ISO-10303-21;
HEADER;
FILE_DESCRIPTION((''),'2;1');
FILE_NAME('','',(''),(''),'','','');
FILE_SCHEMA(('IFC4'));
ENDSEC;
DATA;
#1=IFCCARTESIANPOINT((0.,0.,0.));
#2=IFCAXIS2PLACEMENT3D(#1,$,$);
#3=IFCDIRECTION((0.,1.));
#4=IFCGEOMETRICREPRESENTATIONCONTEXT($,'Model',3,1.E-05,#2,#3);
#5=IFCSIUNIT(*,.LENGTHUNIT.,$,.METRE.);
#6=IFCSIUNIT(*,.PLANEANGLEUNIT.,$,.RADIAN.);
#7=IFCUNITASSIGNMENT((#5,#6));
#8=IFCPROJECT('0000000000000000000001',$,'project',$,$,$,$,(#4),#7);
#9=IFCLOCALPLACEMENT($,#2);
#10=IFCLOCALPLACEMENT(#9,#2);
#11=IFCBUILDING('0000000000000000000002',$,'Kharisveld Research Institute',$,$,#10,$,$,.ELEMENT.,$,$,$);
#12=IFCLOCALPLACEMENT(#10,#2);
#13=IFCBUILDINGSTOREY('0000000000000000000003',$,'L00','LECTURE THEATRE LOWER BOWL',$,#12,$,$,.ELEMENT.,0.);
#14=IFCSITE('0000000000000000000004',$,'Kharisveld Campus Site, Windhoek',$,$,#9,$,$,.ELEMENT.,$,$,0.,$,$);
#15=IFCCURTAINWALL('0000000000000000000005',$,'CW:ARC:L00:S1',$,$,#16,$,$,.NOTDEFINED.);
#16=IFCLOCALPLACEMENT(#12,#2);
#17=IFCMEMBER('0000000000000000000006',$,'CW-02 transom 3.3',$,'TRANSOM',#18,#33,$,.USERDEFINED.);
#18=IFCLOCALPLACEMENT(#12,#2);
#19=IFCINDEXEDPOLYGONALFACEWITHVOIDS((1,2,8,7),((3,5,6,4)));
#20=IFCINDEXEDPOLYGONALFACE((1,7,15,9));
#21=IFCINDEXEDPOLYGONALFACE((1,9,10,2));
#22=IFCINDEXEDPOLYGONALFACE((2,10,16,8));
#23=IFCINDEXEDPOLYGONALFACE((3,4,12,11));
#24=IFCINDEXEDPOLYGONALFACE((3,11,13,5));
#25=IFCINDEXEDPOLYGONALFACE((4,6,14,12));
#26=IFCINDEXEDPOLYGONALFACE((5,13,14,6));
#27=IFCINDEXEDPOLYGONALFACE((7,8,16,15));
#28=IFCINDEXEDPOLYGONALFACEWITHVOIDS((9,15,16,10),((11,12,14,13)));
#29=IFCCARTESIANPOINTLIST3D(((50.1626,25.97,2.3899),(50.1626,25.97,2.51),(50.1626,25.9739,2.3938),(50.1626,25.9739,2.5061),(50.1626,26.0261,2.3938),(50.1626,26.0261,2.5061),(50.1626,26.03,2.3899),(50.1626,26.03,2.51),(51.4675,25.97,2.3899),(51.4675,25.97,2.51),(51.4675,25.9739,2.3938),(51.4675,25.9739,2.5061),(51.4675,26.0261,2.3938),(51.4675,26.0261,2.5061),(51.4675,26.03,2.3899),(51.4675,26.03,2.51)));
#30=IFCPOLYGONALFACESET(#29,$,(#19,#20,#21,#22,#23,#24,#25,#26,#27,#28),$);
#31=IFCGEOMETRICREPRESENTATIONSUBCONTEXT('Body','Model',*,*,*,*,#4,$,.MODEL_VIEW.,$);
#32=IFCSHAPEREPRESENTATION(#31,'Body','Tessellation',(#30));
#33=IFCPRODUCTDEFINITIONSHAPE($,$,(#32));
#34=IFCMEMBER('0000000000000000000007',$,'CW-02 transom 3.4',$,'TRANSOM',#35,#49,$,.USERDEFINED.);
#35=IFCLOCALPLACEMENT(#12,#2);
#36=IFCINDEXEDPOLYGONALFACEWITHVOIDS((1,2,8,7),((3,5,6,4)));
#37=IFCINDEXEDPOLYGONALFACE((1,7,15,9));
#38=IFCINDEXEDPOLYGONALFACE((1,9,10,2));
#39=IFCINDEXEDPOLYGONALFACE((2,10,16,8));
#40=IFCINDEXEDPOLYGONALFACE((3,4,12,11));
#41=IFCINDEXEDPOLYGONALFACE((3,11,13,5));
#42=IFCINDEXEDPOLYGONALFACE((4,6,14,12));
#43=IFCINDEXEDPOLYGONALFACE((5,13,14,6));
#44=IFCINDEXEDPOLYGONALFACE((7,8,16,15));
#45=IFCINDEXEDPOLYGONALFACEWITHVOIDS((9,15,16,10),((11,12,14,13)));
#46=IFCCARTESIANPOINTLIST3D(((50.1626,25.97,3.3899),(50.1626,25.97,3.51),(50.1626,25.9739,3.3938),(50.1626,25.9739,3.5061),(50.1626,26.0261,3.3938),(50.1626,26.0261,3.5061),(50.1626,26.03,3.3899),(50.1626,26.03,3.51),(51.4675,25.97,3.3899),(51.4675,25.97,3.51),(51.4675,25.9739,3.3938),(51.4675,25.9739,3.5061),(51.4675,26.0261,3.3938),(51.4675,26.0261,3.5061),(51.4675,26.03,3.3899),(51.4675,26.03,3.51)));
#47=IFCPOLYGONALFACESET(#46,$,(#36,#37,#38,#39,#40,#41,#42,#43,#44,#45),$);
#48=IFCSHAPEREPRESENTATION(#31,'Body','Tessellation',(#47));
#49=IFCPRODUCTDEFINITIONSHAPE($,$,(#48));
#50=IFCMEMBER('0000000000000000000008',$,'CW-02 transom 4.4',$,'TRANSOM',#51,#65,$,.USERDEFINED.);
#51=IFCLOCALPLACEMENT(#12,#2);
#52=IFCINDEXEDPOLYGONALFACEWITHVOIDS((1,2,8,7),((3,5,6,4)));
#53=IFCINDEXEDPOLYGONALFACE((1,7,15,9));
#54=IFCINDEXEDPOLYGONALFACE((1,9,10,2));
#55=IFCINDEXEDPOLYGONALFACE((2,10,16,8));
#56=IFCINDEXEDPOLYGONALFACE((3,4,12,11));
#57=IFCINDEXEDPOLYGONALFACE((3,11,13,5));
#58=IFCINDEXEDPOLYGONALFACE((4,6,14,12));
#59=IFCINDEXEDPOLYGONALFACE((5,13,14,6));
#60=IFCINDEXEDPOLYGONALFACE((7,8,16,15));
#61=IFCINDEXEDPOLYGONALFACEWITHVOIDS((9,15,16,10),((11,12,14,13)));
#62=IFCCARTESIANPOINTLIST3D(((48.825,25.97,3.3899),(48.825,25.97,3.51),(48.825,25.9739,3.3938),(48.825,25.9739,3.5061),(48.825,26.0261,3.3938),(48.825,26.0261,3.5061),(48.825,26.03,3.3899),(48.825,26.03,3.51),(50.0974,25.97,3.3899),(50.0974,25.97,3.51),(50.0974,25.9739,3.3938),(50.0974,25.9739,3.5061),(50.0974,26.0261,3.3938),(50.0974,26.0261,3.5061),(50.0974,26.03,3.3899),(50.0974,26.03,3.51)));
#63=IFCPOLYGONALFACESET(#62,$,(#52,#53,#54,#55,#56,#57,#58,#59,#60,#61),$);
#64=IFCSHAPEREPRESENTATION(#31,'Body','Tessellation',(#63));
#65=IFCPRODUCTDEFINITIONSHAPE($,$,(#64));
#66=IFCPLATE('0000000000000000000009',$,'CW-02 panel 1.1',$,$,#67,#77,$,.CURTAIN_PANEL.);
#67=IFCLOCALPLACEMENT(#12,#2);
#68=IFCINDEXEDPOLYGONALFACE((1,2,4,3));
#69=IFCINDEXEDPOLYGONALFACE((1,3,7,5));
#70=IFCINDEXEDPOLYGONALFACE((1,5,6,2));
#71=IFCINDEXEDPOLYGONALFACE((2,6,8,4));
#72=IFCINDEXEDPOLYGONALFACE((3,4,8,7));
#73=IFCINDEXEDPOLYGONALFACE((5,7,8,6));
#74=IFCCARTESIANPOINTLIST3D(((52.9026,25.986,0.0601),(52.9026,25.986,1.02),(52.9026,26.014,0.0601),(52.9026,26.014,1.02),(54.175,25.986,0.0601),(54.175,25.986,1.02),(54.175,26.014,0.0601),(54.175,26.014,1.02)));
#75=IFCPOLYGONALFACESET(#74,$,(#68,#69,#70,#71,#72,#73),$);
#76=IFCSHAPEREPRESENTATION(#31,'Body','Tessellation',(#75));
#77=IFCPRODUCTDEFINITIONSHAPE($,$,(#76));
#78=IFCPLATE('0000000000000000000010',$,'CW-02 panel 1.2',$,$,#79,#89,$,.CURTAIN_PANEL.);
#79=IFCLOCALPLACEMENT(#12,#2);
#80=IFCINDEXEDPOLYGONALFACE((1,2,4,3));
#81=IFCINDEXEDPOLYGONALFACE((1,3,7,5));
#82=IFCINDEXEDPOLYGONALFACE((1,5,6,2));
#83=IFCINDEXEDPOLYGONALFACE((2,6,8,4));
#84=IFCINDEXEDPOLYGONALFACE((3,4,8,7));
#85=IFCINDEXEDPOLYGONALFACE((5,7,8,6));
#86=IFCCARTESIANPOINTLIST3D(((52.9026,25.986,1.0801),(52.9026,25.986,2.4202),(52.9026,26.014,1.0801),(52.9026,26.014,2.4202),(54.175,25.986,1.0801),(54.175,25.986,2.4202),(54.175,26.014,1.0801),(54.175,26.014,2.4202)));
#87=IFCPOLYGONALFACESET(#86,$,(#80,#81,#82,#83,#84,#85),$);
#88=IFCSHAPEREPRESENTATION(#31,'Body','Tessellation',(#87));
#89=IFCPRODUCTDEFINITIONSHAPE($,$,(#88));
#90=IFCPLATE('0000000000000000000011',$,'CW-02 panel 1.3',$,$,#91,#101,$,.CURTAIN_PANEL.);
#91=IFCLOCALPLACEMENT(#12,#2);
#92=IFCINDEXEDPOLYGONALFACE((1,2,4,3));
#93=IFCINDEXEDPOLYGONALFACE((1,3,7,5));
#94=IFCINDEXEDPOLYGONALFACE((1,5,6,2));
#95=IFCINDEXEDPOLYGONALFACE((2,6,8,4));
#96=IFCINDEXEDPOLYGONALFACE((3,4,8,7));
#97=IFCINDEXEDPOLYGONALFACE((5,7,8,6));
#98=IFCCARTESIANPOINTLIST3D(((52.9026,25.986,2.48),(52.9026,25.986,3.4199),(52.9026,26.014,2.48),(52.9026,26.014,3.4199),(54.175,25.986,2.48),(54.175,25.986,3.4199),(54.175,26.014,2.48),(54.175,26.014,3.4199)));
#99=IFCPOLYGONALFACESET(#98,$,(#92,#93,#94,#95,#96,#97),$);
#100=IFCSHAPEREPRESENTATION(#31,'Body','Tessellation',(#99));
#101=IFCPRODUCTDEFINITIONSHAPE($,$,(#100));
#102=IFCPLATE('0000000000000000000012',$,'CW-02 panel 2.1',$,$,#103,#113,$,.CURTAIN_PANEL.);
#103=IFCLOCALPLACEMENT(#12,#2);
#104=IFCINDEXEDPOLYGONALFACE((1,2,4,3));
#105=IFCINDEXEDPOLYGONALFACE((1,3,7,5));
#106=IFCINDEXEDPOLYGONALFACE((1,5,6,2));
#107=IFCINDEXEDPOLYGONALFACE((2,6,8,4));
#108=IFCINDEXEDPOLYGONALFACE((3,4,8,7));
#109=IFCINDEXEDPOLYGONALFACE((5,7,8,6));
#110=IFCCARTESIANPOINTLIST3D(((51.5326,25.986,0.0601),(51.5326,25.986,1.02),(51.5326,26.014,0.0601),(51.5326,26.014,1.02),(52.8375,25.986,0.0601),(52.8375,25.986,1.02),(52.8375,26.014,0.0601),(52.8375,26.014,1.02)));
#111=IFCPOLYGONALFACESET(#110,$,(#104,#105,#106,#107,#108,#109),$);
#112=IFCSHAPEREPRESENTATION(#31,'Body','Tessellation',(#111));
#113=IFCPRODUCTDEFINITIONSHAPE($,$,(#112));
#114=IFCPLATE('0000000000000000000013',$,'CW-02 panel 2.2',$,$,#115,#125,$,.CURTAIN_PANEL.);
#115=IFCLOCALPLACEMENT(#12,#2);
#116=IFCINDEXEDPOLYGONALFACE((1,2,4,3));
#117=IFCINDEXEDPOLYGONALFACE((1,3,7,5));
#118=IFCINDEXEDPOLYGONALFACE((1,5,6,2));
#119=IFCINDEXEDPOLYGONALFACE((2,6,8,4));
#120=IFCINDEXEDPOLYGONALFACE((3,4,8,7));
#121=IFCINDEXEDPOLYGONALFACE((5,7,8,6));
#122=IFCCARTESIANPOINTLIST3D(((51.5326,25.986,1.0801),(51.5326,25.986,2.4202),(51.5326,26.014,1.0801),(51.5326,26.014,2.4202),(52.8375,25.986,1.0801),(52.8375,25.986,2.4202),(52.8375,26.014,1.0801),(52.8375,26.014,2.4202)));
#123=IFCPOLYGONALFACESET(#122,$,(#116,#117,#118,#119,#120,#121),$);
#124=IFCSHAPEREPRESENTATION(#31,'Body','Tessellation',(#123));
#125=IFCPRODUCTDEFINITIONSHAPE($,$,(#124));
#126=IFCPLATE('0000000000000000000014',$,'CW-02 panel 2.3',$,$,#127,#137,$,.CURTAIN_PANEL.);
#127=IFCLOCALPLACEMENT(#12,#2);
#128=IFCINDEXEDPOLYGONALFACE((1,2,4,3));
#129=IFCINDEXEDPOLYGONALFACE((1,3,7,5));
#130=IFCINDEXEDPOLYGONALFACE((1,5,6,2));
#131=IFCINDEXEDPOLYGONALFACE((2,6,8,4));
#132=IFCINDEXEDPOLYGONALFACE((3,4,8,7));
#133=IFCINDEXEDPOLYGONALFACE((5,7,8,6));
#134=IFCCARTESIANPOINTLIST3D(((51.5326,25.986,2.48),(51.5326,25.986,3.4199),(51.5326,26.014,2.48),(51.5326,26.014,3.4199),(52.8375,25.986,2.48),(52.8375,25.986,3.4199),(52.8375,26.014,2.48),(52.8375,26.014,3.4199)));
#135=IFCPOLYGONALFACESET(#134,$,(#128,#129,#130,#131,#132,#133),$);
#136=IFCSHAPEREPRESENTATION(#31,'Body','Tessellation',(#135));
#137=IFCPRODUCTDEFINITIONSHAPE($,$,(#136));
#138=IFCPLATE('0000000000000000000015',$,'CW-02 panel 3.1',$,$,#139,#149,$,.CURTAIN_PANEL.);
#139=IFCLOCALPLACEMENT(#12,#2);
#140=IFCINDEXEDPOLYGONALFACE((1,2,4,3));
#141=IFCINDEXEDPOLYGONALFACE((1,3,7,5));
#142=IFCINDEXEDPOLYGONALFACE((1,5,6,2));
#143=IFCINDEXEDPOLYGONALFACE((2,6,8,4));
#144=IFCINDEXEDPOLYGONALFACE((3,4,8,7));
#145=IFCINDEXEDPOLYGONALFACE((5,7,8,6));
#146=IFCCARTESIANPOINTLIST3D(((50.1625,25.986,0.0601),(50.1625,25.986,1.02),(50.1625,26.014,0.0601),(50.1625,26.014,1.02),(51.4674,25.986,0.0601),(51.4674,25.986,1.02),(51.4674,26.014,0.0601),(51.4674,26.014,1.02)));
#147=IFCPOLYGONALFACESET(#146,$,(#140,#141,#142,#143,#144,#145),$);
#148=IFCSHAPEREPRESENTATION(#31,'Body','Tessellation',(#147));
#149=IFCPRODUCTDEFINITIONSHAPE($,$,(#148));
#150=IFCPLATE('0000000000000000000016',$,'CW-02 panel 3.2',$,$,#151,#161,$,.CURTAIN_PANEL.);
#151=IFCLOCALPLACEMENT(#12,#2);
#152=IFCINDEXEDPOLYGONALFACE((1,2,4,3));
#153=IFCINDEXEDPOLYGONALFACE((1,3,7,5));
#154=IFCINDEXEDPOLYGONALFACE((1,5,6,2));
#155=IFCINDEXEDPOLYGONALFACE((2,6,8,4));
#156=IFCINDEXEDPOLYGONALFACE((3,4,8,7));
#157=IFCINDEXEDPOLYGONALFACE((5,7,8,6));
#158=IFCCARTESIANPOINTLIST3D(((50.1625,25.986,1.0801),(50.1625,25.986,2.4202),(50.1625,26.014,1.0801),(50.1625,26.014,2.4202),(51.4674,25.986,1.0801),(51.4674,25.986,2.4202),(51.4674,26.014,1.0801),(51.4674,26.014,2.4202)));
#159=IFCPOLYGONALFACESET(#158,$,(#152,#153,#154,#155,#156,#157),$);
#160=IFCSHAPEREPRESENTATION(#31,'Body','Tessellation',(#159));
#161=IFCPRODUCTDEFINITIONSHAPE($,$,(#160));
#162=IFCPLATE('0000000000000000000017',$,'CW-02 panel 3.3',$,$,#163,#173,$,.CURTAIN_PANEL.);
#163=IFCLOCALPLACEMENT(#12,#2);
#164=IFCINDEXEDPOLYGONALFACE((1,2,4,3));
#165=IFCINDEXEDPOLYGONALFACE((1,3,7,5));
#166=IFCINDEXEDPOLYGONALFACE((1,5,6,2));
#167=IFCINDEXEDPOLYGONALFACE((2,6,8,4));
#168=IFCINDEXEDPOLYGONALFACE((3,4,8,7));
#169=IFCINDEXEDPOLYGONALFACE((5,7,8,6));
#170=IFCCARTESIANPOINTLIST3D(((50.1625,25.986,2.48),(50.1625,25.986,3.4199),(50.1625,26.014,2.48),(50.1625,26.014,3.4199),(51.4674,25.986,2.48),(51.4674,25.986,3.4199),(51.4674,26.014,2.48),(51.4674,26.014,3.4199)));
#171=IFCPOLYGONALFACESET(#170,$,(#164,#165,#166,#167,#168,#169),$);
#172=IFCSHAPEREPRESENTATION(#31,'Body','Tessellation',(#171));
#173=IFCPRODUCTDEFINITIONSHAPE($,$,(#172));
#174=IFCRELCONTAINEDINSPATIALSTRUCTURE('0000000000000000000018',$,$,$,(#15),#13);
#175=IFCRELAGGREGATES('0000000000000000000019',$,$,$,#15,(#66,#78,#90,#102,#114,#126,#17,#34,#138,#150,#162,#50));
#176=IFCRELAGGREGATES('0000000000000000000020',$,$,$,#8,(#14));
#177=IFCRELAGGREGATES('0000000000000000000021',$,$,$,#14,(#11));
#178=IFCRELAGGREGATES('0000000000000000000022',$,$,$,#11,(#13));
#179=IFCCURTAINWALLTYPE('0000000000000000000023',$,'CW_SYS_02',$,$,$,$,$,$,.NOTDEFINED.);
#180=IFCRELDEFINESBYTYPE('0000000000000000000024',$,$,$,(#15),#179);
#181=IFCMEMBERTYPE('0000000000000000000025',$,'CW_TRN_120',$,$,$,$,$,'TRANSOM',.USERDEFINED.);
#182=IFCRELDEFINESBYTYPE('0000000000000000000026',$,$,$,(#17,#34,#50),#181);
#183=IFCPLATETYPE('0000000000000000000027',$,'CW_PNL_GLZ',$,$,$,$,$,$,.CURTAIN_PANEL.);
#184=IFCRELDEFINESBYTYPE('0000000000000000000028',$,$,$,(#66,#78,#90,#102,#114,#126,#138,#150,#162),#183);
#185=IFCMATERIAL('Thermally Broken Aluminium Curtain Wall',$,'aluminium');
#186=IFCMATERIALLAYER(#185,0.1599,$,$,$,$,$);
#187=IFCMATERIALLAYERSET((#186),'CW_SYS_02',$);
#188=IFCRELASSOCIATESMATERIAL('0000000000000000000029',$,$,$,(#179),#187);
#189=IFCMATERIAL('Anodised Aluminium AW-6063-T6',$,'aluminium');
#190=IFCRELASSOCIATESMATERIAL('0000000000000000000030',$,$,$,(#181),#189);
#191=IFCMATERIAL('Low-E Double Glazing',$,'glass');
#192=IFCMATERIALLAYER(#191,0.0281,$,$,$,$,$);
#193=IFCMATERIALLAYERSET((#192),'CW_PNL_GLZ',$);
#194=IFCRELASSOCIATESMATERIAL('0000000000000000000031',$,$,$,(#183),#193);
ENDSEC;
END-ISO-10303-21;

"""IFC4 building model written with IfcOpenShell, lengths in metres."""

from ifc_helpers import new_model, si_unit, direction, frame, origin, origin_2d, place, context, subcontext, project, spatial, rectangle, hollow_rectangle, extrude, material, layer, layer_set, material_profile, profile_set, type_object, element, aggregate, save


model = new_model("IFC4")

# Units and contexts
model_context = context("Model", 3, precision=1e-05, world=origin(), true_north=direction((0.0, 1.0)))
body_context = subcontext(model_context, "Body", "Model", "MODEL_VIEW")
ifc_project = project(units=[si_unit("LENGTHUNIT", "METRE"), si_unit("PLANEANGLEUNIT", "RADIAN")], contexts=[model_context])

# Site, building, storey
site_placement = place(None, origin())
site = spatial("IfcSite", under=ifc_project, at=site_placement, Name="Kharisveld Campus Site, Windhoek", CompositionType="ELEMENT", RefElevation=0.0)
building_placement = place(site_placement, origin())
building = spatial("IfcBuilding", under=site, at=building_placement, Name="Kharisveld Research Institute", CompositionType="ELEMENT")
storey_placement = place(building_placement, origin())
storey = spatial("IfcBuildingStorey", under=building, at=storey_placement, Name="L00", Description="LECTURE THEATRE LOWER BOWL", CompositionType="ELEMENT", Elevation=0.0)

# Curtain wall, members, plates
ifc_material_1 = material(Name="Thermally Broken Aluminium Curtain Wall", Category="aluminium")
ifc_layer_1 = layer(ifc_material_1, 0.1599)
ifc_layer_set_1 = layer_set([ifc_layer_1], Name="CW_SYS_02")
curtain_wall_type = type_object("IfcCurtainWallType", Name="CW_SYS_02", PredefinedType="NOTDEFINED", material=ifc_layer_set_1)
curtain_wall_placement = place(storey_placement, origin())
curtain_wall = element("IfcCurtainWall", 1, at=curtain_wall_placement, inside=storey, type_object=curtain_wall_type, Name="CW:ARC:L00:S1", PredefinedType="NOTDEFINED")
ifc_material_2 = material(Name="Anodised Aluminium AW-6063-T6", Category="aluminium")
ifc_material_profile_1 = material_profile(ifc_material_2, hollow_rectangle(XDim=0.0601, YDim=0.1201, WallThickness=0.0039, at=origin_2d()))
ifc_profile_set_1 = profile_set([ifc_material_profile_1], Name="Anodised Aluminium AW-6063-T6")
member_type_1 = type_object("IfcMemberType", Name="CW_TRN_120", ElementType="TRANSOM", PredefinedType="USERDEFINED", material=ifc_profile_set_1)
member_1_placement = place(storey_placement, frame((51.4675, 26.0, 2.45), z_axis=(-1.0, 0.0, 0.0), x_axis=(0.0, -1.0, 0.0)))
member_1 = element("IfcMember", 2, at=member_1_placement, type_object=member_type_1, Name="CW-02 transom 3.3", ObjectType="TRANSOM", PredefinedType="USERDEFINED", context=body_context, shape_type="SweptSolid", body=[
    extrude(hollow_rectangle(XDim=0.0601, YDim=0.1201, WallThickness=0.0039, at=origin_2d()), origin(), (0.0, 0.0, 1.0), 1.3049),
])
member_2_placement = place(storey_placement, frame((51.4675, 26.0, 3.45), z_axis=(-1.0, 0.0, 0.0), x_axis=(0.0, -1.0, 0.0)))
member_2 = element("IfcMember", 3, at=member_2_placement, type_object=member_type_1, Name="CW-02 transom 3.4", ObjectType="TRANSOM", PredefinedType="USERDEFINED", context=body_context, shape_type="SweptSolid", body=[
    extrude(hollow_rectangle(XDim=0.0601, YDim=0.1201, WallThickness=0.0039, at=origin_2d()), origin(), (0.0, 0.0, 1.0), 1.3049),
])
member_3_placement = place(storey_placement, frame((50.0974, 26.0, 3.45), z_axis=(-1.0, 0.0, 0.0), x_axis=(0.0, -1.0, 0.0)))
member_3 = element("IfcMember", 4, at=member_3_placement, type_object=member_type_1, Name="CW-02 transom 4.4", ObjectType="TRANSOM", PredefinedType="USERDEFINED", context=body_context, shape_type="SweptSolid", body=[
    extrude(hollow_rectangle(XDim=0.0601, YDim=0.1201, WallThickness=0.0039, at=origin_2d()), origin(), (0.0, 0.0, 1.0), 1.2725),
])
ifc_material_3 = material(Name="Low-E Double Glazing", Category="glass")
ifc_layer_2 = layer(ifc_material_3, 0.0281)
ifc_layer_set_2 = layer_set([ifc_layer_2], Name="CW_PNL_GLZ")
plate_type = type_object("IfcPlateType", Name="CW_PNL_GLZ", PredefinedType="CURTAIN_PANEL", material=ifc_layer_set_2)
plate_1_placement = place(storey_placement, frame((53.5388, 26.0, 0.0601), z_axis=(0.0, 0.0, 1.0), x_axis=(-1.0, 0.0, 0.0)))
plate_1 = element("IfcPlate", 5, at=plate_1_placement, type_object=plate_type, Name="CW-02 panel 1.1", PredefinedType="CURTAIN_PANEL", context=body_context, shape_type="SweptSolid", body=[
    extrude(rectangle(XDim=1.2725, YDim=0.0281, at=origin_2d()), origin(), (0.0, 0.0, 1.0), 0.96),
])
plate_2_placement = place(storey_placement, frame((53.5388, 26.0, 1.0801), z_axis=(0.0, 0.0, 1.0), x_axis=(-1.0, 0.0, 0.0)))
plate_2 = element("IfcPlate", 6, at=plate_2_placement, type_object=plate_type, Name="CW-02 panel 1.2", PredefinedType="CURTAIN_PANEL", context=body_context, shape_type="SweptSolid", body=[
    extrude(rectangle(XDim=1.2725, YDim=0.0281, at=origin_2d()), origin(), (0.0, 0.0, 1.0), 1.3401),
])
plate_3_placement = place(storey_placement, frame((53.5388, 26.0, 2.48), z_axis=(0.0, 0.0, 1.0), x_axis=(-1.0, 0.0, 0.0)))
plate_3 = element("IfcPlate", 7, at=plate_3_placement, type_object=plate_type, Name="CW-02 panel 1.3", PredefinedType="CURTAIN_PANEL", context=body_context, shape_type="SweptSolid", body=[
    extrude(rectangle(XDim=1.2725, YDim=0.0281, at=origin_2d()), origin(), (0.0, 0.0, 1.0), 0.9399),
])
plate_4_placement = place(storey_placement, frame((52.1851, 26.0, 0.0601), z_axis=(0.0, 0.0, 1.0), x_axis=(-1.0, 0.0, 0.0)))
plate_4 = element("IfcPlate", 8, at=plate_4_placement, type_object=plate_type, Name="CW-02 panel 2.1", PredefinedType="CURTAIN_PANEL", context=body_context, shape_type="SweptSolid", body=[
    extrude(rectangle(XDim=1.3049, YDim=0.0281, at=origin_2d()), origin(), (0.0, 0.0, 1.0), 0.96),
])
plate_5_placement = place(storey_placement, frame((52.1851, 26.0, 1.0801), z_axis=(0.0, 0.0, 1.0), x_axis=(-1.0, 0.0, 0.0)))
plate_5 = element("IfcPlate", 9, at=plate_5_placement, type_object=plate_type, Name="CW-02 panel 2.2", PredefinedType="CURTAIN_PANEL", context=body_context, shape_type="SweptSolid", body=[
    extrude(rectangle(XDim=1.3049, YDim=0.0281, at=origin_2d()), origin(), (0.0, 0.0, 1.0), 1.3401),
])
plate_6_placement = place(storey_placement, frame((52.1851, 26.0, 2.48), z_axis=(0.0, 0.0, 1.0), x_axis=(-1.0, 0.0, 0.0)))
plate_6 = element("IfcPlate", 10, at=plate_6_placement, type_object=plate_type, Name="CW-02 panel 2.3", PredefinedType="CURTAIN_PANEL", context=body_context, shape_type="SweptSolid", body=[
    extrude(rectangle(XDim=1.3049, YDim=0.0281, at=origin_2d()), origin(), (0.0, 0.0, 1.0), 0.9399),
])
plate_7_placement = place(storey_placement, frame((50.8149, 26.0, 0.0601), z_axis=(0.0, 0.0, 1.0), x_axis=(-1.0, 0.0, 0.0)))
plate_7 = element("IfcPlate", 11, at=plate_7_placement, type_object=plate_type, Name="CW-02 panel 3.1", PredefinedType="CURTAIN_PANEL", context=body_context, shape_type="SweptSolid", body=[
    extrude(rectangle(XDim=1.3049, YDim=0.0281, at=origin_2d()), origin(), (0.0, 0.0, 1.0), 0.96),
])
plate_8_placement = place(storey_placement, frame((50.8149, 26.0, 1.0801), z_axis=(0.0, 0.0, 1.0), x_axis=(-1.0, 0.0, 0.0)))
plate_8 = element("IfcPlate", 12, at=plate_8_placement, type_object=plate_type, Name="CW-02 panel 3.2", PredefinedType="CURTAIN_PANEL", context=body_context, shape_type="SweptSolid", body=[
    extrude(rectangle(XDim=1.3049, YDim=0.0281, at=origin_2d()), origin(), (0.0, 0.0, 1.0), 1.3401),
])
plate_9_placement = place(storey_placement, frame((50.8149, 26.0, 2.48), z_axis=(0.0, 0.0, 1.0), x_axis=(-1.0, 0.0, 0.0)))
plate_9 = element("IfcPlate", 13, at=plate_9_placement, type_object=plate_type, Name="CW-02 panel 3.3", PredefinedType="CURTAIN_PANEL", context=body_context, shape_type="SweptSolid", body=[
    extrude(rectangle(XDim=1.3049, YDim=0.0281, at=origin_2d()), origin(), (0.0, 0.0, 1.0), 0.9399),
])
aggregate(curtain_wall, [plate_1, plate_2, plate_3, plate_4, plate_5, plate_6, member_1, member_2, plate_7, plate_8, plate_9, member_3])

save(model, "model.ifc")
